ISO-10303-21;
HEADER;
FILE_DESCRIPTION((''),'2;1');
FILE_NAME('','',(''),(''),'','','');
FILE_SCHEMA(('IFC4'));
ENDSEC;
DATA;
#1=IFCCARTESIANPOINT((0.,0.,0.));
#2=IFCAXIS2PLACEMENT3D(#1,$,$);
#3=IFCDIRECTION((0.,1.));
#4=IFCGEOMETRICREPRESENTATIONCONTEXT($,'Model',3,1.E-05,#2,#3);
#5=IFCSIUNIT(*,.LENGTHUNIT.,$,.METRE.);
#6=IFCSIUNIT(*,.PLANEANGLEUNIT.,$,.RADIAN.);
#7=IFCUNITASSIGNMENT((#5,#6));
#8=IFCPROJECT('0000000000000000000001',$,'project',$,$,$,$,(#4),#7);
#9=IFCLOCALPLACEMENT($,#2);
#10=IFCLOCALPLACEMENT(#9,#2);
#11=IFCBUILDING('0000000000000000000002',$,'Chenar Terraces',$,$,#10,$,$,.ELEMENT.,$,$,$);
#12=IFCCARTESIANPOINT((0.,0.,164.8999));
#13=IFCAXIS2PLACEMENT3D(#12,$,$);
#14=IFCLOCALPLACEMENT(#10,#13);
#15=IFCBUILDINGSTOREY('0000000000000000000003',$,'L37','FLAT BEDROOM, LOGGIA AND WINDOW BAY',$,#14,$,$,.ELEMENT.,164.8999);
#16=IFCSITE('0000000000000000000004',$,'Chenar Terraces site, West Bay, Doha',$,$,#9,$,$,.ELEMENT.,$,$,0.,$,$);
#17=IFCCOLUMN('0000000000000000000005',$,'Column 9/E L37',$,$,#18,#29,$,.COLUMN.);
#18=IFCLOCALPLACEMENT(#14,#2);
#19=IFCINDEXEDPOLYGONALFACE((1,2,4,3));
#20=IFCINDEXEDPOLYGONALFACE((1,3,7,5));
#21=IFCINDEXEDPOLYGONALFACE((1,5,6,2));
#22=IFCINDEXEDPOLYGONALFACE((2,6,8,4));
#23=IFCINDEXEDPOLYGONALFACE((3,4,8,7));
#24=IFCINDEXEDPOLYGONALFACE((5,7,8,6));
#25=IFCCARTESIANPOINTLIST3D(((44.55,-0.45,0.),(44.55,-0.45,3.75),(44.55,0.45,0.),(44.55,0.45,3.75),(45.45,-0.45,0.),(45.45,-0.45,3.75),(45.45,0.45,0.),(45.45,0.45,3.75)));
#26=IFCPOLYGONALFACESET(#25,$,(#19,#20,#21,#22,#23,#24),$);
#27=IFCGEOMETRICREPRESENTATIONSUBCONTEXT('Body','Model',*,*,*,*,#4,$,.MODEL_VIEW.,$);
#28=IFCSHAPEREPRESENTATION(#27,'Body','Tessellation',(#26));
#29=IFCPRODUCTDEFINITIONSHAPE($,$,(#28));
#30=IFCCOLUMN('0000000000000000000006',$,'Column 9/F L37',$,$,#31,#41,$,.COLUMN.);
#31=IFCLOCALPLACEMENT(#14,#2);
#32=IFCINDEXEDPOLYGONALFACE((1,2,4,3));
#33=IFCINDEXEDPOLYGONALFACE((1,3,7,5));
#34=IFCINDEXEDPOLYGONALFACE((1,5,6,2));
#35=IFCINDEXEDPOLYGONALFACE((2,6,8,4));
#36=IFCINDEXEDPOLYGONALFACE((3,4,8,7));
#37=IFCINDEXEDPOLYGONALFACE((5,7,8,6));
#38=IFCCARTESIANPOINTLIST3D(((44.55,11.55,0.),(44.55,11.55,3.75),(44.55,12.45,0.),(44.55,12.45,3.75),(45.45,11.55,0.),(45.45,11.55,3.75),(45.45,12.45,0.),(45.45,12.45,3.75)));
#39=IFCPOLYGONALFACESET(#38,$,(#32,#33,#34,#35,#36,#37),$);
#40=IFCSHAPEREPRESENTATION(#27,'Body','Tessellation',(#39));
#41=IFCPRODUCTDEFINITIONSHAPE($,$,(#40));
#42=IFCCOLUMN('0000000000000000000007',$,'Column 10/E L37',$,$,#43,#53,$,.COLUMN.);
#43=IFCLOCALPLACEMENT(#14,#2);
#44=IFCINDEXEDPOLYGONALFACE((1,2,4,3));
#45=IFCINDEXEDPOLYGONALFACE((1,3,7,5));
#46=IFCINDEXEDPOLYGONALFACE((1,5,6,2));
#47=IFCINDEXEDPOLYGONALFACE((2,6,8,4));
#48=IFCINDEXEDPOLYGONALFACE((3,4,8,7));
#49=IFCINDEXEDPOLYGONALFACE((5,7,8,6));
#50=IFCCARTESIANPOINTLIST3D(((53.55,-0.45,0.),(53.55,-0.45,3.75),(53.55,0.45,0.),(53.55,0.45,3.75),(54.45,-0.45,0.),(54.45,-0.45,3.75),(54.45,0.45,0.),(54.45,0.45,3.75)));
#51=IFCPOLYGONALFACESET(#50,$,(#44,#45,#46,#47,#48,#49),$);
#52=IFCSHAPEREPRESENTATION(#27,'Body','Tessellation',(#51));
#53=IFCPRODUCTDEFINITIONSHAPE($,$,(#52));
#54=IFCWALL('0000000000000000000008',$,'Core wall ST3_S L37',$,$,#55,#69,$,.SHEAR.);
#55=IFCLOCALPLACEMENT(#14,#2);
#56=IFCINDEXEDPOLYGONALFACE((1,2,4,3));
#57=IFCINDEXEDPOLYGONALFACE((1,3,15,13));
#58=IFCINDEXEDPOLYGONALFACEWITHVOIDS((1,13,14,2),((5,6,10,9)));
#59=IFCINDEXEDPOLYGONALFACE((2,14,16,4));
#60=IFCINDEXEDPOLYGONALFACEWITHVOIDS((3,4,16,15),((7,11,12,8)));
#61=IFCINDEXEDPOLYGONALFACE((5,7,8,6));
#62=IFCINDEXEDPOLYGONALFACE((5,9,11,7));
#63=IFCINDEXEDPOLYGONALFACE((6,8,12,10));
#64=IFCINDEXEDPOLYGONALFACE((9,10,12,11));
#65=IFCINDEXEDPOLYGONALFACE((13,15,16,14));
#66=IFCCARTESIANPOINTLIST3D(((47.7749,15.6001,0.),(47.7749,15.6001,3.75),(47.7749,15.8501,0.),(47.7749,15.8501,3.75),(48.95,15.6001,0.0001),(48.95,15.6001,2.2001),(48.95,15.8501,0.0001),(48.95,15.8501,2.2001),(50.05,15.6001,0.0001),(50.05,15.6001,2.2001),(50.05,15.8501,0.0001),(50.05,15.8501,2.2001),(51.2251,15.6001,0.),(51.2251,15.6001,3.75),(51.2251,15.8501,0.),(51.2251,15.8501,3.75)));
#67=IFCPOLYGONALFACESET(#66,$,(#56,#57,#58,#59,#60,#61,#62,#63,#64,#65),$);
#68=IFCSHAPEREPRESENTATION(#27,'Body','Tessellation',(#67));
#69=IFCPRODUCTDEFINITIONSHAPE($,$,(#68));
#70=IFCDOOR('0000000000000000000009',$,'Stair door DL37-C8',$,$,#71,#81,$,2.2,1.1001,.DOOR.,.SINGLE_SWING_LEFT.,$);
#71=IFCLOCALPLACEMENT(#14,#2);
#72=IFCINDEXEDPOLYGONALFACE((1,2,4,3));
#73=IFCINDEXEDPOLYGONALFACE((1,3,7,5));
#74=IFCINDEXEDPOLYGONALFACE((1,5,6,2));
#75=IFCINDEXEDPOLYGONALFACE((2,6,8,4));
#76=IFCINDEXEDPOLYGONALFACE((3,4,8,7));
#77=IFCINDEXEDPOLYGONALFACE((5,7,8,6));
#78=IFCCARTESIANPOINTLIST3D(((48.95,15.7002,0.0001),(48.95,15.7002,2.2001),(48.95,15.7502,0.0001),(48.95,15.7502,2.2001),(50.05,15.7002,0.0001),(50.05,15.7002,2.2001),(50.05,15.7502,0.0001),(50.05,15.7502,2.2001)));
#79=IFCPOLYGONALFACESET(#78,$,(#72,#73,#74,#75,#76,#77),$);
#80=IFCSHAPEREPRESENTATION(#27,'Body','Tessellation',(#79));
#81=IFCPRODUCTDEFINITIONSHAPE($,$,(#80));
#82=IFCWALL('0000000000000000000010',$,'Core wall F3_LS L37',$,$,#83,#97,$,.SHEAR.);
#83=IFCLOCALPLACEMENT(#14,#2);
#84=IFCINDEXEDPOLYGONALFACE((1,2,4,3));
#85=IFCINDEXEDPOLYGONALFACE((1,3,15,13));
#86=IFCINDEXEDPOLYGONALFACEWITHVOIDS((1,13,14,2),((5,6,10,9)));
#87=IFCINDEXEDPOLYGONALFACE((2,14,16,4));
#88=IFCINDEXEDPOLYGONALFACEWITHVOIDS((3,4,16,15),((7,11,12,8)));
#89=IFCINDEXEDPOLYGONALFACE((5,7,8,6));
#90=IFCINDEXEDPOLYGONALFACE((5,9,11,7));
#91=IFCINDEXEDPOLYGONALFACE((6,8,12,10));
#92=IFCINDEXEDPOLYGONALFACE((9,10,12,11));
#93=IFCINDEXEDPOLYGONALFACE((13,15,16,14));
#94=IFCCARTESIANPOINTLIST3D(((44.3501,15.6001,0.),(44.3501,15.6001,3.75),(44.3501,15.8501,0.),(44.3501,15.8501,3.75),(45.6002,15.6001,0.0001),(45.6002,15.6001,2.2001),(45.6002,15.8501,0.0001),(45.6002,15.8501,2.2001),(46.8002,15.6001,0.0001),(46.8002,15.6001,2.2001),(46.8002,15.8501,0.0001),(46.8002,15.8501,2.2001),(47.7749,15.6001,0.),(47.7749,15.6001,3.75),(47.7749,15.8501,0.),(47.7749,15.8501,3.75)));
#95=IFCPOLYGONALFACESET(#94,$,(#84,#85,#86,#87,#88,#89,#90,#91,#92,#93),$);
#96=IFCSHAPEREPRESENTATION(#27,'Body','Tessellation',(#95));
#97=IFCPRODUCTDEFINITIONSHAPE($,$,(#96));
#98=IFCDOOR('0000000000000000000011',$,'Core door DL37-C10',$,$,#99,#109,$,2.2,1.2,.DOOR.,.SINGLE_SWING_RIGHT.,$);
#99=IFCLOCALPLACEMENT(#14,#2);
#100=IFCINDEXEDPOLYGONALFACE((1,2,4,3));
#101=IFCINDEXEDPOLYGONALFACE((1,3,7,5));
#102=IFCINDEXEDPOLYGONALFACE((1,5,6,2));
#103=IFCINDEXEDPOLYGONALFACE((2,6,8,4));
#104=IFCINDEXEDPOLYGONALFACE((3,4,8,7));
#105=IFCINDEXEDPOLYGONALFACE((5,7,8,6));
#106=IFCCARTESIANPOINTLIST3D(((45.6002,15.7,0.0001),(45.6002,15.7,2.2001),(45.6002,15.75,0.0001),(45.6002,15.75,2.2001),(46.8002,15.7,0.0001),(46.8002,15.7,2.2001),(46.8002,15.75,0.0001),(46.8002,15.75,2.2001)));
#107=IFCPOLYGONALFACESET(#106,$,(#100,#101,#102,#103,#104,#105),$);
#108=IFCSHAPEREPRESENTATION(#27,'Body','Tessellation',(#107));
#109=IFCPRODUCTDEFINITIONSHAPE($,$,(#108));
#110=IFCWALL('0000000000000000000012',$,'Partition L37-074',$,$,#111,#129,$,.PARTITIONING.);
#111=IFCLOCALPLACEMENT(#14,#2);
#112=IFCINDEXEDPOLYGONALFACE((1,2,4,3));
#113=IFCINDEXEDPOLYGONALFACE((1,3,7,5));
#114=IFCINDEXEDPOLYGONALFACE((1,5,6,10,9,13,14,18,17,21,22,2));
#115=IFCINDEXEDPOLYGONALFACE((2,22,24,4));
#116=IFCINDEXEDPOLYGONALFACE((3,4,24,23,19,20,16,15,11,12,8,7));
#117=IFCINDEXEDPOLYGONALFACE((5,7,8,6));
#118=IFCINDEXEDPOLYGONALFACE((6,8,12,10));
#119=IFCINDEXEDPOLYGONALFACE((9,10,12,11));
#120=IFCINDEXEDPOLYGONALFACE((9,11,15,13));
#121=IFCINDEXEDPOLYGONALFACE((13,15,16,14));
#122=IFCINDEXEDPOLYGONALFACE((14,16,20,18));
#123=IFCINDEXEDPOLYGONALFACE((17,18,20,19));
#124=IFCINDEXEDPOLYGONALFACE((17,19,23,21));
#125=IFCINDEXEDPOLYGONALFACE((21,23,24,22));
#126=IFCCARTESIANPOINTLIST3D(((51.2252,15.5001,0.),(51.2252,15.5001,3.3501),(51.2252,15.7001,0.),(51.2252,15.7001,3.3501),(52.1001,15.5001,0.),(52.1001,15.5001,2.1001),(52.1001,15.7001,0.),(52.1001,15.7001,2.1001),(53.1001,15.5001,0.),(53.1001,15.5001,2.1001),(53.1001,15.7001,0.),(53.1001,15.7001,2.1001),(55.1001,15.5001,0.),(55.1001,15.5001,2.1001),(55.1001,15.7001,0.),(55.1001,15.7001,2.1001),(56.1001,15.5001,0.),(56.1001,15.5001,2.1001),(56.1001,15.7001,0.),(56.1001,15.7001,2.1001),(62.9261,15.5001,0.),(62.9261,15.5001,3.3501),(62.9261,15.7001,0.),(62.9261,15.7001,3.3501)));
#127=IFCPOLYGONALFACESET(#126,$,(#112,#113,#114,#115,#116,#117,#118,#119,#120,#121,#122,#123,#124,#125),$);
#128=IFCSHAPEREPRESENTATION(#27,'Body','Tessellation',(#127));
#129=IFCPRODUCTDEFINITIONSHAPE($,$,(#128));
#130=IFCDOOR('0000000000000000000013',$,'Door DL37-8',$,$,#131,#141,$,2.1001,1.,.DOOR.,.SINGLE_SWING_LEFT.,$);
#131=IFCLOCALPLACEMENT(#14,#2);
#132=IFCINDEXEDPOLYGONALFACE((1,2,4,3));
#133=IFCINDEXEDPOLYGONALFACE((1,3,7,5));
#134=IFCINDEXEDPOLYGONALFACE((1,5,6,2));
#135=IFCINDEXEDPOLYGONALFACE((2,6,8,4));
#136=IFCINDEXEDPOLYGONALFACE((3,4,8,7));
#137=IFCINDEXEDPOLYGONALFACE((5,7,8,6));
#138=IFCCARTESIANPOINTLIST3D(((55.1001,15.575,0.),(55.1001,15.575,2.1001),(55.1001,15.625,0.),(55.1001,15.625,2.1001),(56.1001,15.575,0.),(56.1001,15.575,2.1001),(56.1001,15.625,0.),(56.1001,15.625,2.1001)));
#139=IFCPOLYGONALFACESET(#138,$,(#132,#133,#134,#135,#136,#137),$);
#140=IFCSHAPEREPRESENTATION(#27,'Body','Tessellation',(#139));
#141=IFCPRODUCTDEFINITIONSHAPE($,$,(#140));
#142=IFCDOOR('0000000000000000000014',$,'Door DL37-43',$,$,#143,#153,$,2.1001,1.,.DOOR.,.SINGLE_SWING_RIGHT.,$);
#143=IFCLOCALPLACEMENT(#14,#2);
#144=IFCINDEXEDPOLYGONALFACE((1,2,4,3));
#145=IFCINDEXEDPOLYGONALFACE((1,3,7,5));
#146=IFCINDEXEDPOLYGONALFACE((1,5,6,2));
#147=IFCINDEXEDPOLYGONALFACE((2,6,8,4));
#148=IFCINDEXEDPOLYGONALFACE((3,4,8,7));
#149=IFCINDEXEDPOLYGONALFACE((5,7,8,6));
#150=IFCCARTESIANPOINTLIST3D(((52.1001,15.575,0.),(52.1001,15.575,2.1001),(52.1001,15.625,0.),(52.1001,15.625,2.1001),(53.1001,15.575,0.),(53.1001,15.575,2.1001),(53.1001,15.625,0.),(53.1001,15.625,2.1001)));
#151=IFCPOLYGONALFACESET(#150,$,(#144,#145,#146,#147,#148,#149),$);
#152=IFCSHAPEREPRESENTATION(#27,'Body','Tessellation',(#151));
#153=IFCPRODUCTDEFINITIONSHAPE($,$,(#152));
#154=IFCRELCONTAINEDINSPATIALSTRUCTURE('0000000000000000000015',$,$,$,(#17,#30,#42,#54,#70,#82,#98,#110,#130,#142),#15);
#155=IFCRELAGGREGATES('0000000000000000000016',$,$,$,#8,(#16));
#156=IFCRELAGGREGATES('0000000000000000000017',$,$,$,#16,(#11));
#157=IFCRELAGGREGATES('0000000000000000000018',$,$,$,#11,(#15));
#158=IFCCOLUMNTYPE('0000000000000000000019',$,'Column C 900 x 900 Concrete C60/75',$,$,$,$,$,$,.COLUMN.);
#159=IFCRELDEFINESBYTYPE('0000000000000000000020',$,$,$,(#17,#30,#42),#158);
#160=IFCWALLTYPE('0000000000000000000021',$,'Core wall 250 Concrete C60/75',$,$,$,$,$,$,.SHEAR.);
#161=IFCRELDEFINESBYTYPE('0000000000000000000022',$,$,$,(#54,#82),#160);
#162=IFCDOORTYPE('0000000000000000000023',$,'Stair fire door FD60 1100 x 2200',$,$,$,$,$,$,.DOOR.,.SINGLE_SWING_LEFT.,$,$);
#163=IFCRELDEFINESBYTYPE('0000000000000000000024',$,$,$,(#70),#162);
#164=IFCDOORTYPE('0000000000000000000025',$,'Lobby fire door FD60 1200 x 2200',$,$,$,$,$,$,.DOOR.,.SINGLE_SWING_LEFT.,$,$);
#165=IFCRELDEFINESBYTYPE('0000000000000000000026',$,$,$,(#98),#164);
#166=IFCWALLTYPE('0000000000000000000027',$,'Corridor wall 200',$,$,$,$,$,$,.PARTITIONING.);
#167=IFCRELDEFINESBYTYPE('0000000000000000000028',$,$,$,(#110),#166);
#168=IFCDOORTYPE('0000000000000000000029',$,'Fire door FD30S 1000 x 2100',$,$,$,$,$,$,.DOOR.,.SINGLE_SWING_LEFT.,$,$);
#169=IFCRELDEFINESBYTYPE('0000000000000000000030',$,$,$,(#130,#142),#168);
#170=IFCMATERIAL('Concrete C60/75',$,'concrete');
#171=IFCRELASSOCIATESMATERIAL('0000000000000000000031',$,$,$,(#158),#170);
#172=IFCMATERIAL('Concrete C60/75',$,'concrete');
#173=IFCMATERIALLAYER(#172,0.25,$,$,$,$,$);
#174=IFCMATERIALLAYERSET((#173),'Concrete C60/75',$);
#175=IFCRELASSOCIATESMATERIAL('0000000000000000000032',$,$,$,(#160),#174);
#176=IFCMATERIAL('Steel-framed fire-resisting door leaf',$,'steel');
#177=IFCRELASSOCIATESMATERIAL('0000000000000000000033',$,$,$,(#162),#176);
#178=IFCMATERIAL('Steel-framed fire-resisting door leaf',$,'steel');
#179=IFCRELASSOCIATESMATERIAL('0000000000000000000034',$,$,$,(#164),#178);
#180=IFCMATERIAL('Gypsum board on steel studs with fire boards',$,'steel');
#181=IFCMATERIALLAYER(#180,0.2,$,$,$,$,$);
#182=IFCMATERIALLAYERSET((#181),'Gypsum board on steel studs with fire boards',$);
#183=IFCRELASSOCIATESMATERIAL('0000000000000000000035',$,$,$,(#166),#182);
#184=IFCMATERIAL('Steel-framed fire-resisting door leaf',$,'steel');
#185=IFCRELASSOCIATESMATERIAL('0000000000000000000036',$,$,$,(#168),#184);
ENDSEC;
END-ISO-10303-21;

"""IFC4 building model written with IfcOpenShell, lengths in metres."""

from ifc_helpers import new_model, si_unit, direction, frame, frame_2d, origin, origin_2d, place, context, subcontext, project, spatial, rectangle, extrude, material, layer, layer_set, material_profile, profile_set, type_object, element, fill, save


model = new_model("IFC4")

# Units and contexts
model_context = context("Model", 3, precision=1e-05, world=origin(), true_north=direction((0.0, 1.0)))
body_context = subcontext(model_context, "Body", "Model", "MODEL_VIEW")
ifc_project = project(units=[si_unit("LENGTHUNIT", "METRE"), si_unit("PLANEANGLEUNIT", "RADIAN")], contexts=[model_context])

# Site, building, storey
site_placement = place(None, origin())
site = spatial("IfcSite", under=ifc_project, at=site_placement, Name="Chenar Terraces site, West Bay, Doha", CompositionType="ELEMENT", RefElevation=0.0)
building_placement = place(site_placement, origin())
building = spatial("IfcBuilding", under=site, at=building_placement, Name="Chenar Terraces", CompositionType="ELEMENT")
storey_placement = place(building_placement, frame((0.0, 0.0, 164.8999)))
storey = spatial("IfcBuildingStorey", under=building, at=storey_placement, Name="L37", Description="FLAT BEDROOM, LOGGIA AND WINDOW BAY", CompositionType="ELEMENT", Elevation=164.8999)

# Columns
ifc_material_1 = material(Name="Concrete C60/75", Category="concrete")
ifc_material_profile_1 = material_profile(ifc_material_1, rectangle(XDim=0.8999, YDim=0.8999, at=origin_2d()), Name="C 900 x 900")
ifc_profile_set_1 = profile_set([ifc_material_profile_1], Name="Concrete C60/75")
column_type = type_object("IfcColumnType", Name="Column C 900 x 900 Concrete C60/75", PredefinedType="COLUMN", material=ifc_profile_set_1)
for number, where, z_axis, x_axis, name in (
    (1, (45.0, 0.0, 0.0), (0.0, 0.0, 1.0), (1.0, 0.0, 0.0), "Column 9/E L37"),
    (2, (45.0, 12.0, 0.0), (0.0, 0.0, 1.0), (1.0, 0.0, 0.0), "Column 9/F L37"),
    (3, (54.0, 0.0, 0.0), (0.0, 0.0, 1.0), (1.0, 0.0, 0.0), "Column 10/E L37"),
):
    element("IfcColumn", number, at=place(storey_placement, frame(where, z_axis=z_axis, x_axis=x_axis)), inside=storey, type_object=column_type, Name=name, PredefinedType="COLUMN", context=body_context, shape_type="SweptSolid", body=[
        extrude(rectangle(XDim=0.8999, YDim=0.8999, at=origin_2d()), origin(), (0.0, 0.0, 1.0), 3.75),
    ])

# Walls, openings, doors
ifc_material_2 = material(Name="Concrete C60/75", Category="concrete")
ifc_layer_1 = layer(ifc_material_2, 0.25)
ifc_layer_set_1 = layer_set([ifc_layer_1], Name="Concrete C60/75")
wall_type_1 = type_object("IfcWallType", Name="Core wall 250 Concrete C60/75", PredefinedType="SHEAR", material=ifc_layer_set_1)
wall_1_placement = place(storey_placement, frame((47.7749, 15.7251, 0.0), z_axis=(0.0, 0.0, 1.0), x_axis=(1.0, 0.0, 0.0)))
wall_1 = element("IfcWall", 4, at=wall_1_placement, inside=storey, type_object=wall_type_1, Name="Core wall ST3_S L37", PredefinedType="SHEAR", context=body_context, shape_type="SweptSolid", body=[
    extrude(rectangle(XDim=3.4502, YDim=0.25, at=frame_2d((1.7251, 0.0))), origin(), (0.0, 0.0, 1.0), 3.75),
])
opening_1_placement = place(wall_1_placement, frame((1.175, 0.0, 0.0)))
opening_1 = element("IfcOpeningElement", 5, at=opening_1_placement, cuts=wall_1, PredefinedType="OPENING", context=body_context, shape_type="SweptSolid", body=[
    extrude(rectangle(XDim=1.1001, YDim=2.2, at=frame_2d((0.55, 1.1001))), frame((0.0, 0.135, 0.0), z_axis=(0.0, -1.0, 0.0), x_axis=(1.0, 0.0, 0.0)), (0.0, 0.0, 1.0), 0.27),
])
ifc_material_3 = material(Name="Steel-framed fire-resisting door leaf", Category="steel")
door_type_1 = type_object("IfcDoorType", Name="Stair fire door FD60 1100 x 2200", OperationType="SINGLE_SWING_LEFT", PredefinedType="DOOR", material=ifc_material_3)
door_1_placement = place(opening_1_placement, frame((1.1001, 0.0, 0.0), z_axis=(0.0, 0.0, 1.0), x_axis=(-1.0, 0.0, 0.0)))
door_1 = element("IfcDoor", 6, at=door_1_placement, inside=storey, type_object=door_type_1, Name="Stair door DL37-C8", OperationType="SINGLE_SWING_LEFT", OverallHeight=2.2, OverallWidth=1.1001, PredefinedType="DOOR", context=body_context, shape_type="SweptSolid", body=[
    extrude(rectangle(XDim=1.1001, YDim=2.2, at=frame_2d((0.55, 1.1001))), frame((0.0, 0.0249, 0.0), z_axis=(0.0, -1.0, 0.0), x_axis=(1.0, 0.0, 0.0)), (0.0, 0.0, 1.0), 0.05),
])
fill(opening_1, door_1)
wall_2_placement = place(storey_placement, frame((44.3501, 15.7251, 0.0), z_axis=(0.0, 0.0, 1.0), x_axis=(1.0, 0.0, 0.0)))
wall_2 = element("IfcWall", 7, at=wall_2_placement, inside=storey, type_object=wall_type_1, Name="Core wall F3_LS L37", PredefinedType="SHEAR", context=body_context, shape_type="SweptSolid", body=[
    extrude(rectangle(XDim=3.4248, YDim=0.25, at=frame_2d((1.7124, 0.0))), origin(), (0.0, 0.0, 1.0), 3.75),
])
opening_2_placement = place(wall_2_placement, frame((1.25, 0.0, 0.0)))
opening_2 = element("IfcOpeningElement", 8, at=opening_2_placement, cuts=wall_2, PredefinedType="OPENING", context=body_context, shape_type="SweptSolid", body=[
    extrude(rectangle(XDim=1.2, YDim=2.2, at=frame_2d((0.6001, 1.1001))), frame((0.0, 0.135, 0.0), z_axis=(0.0, -1.0, 0.0), x_axis=(1.0, 0.0, 0.0)), (0.0, 0.0, 1.0), 0.27),
])
ifc_material_4 = material(Name="Steel-framed fire-resisting door leaf", Category="steel")
door_type_2 = type_object("IfcDoorType", Name="Lobby fire door FD60 1200 x 2200", OperationType="SINGLE_SWING_LEFT", PredefinedType="DOOR", material=ifc_material_4)
door_2_placement = place(opening_2_placement, origin())
door_2 = element("IfcDoor", 9, at=door_2_placement, inside=storey, type_object=door_type_2, Name="Core door DL37-C10", OperationType="SINGLE_SWING_RIGHT", OverallHeight=2.2, OverallWidth=1.2, PredefinedType="DOOR", context=body_context, shape_type="SweptSolid", body=[
    extrude(rectangle(XDim=1.2, YDim=2.2, at=frame_2d((0.6001, 1.1001))), frame((0.0, 0.0249, 0.0), z_axis=(0.0, -1.0, 0.0), x_axis=(1.0, 0.0, 0.0)), (0.0, 0.0, 1.0), 0.05),
])
fill(opening_2, door_2)

# Wall, openings, doors
ifc_material_5 = material(Name="Gypsum board on steel studs with fire boards", Category="steel")
ifc_layer_2 = layer(ifc_material_5, 0.2)
ifc_layer_set_2 = layer_set([ifc_layer_2], Name="Gypsum board on steel studs with fire boards")
wall_type_2 = type_object("IfcWallType", Name="Corridor wall 200", PredefinedType="PARTITIONING", material=ifc_layer_set_2)
wall_3_placement = place(storey_placement, frame((51.2251, 15.6001, 0.0), z_axis=(0.0, 0.0, 1.0), x_axis=(1.0, 0.0, 0.0)))
wall_3 = element("IfcWall", 10, at=wall_3_placement, inside=storey, type_object=wall_type_2, Name="Partition L37-074", PredefinedType="PARTITIONING", context=body_context, shape_type="SweptSolid", body=[
    extrude(rectangle(XDim=11.7009, YDim=0.2, at=frame_2d((5.8506, 0.0))), origin(), (0.0, 0.0, 1.0), 3.3501),
])
opening_3_placement = place(wall_3_placement, frame((3.875, 0.0, 0.0)))
opening_3 = element("IfcOpeningElement", 11, at=opening_3_placement, cuts=wall_3, PredefinedType="OPENING", context=body_context, shape_type="SweptSolid", body=[
    extrude(rectangle(XDim=1.0, YDim=2.1001, at=frame_2d((0.5, 1.05))), frame((0.0, 0.1099, 0.0), z_axis=(0.0, -1.0, 0.0), x_axis=(1.0, 0.0, 0.0)), (0.0, 0.0, 1.0), 0.22),
])
opening_4_placement = place(wall_3_placement, frame((0.875, 0.0, 0.0)))
opening_4 = element("IfcOpeningElement", 12, at=opening_4_placement, cuts=wall_3, PredefinedType="OPENING", context=body_context, shape_type="SweptSolid", body=[
    extrude(rectangle(XDim=1.0, YDim=2.1001, at=frame_2d((0.5, 1.05))), frame((0.0, 0.1099, 0.0), z_axis=(0.0, -1.0, 0.0), x_axis=(1.0, 0.0, 0.0)), (0.0, 0.0, 1.0), 0.22),
])
ifc_material_6 = material(Name="Steel-framed fire-resisting door leaf", Category="steel")
door_type_3 = type_object("IfcDoorType", Name="Fire door FD30S 1000 x 2100", OperationType="SINGLE_SWING_LEFT", PredefinedType="DOOR", material=ifc_material_6)
door_3_placement = place(opening_3_placement, origin())
door_3 = element("IfcDoor", 13, at=door_3_placement, inside=storey, type_object=door_type_3, Name="Door DL37-8", OperationType="SINGLE_SWING_LEFT", OverallHeight=2.1001, OverallWidth=1.0, PredefinedType="DOOR", context=body_context, shape_type="SweptSolid", body=[
    extrude(rectangle(XDim=1.0, YDim=2.1001, at=frame_2d((0.5, 1.05))), frame((0.0, 0.0249, 0.0), z_axis=(0.0, -1.0, 0.0), x_axis=(1.0, 0.0, 0.0)), (0.0, 0.0, 1.0), 0.05),
])
fill(opening_3, door_3)
door_4_placement = place(opening_4_placement, origin())
door_4 = element("IfcDoor", 14, at=door_4_placement, inside=storey, type_object=door_type_3, Name="Door DL37-43", OperationType="SINGLE_SWING_RIGHT", OverallHeight=2.1001, OverallWidth=1.0, PredefinedType="DOOR", context=body_context, shape_type="SweptSolid", body=[
    extrude(rectangle(XDim=1.0, YDim=2.1001, at=frame_2d((0.5, 1.05))), frame((0.0, 0.0249, 0.0), z_axis=(0.0, -1.0, 0.0), x_axis=(1.0, 0.0, 0.0)), (0.0, 0.0, 1.0), 0.05),
])
fill(opening_4, door_4)

save(model, "model.ifc")
